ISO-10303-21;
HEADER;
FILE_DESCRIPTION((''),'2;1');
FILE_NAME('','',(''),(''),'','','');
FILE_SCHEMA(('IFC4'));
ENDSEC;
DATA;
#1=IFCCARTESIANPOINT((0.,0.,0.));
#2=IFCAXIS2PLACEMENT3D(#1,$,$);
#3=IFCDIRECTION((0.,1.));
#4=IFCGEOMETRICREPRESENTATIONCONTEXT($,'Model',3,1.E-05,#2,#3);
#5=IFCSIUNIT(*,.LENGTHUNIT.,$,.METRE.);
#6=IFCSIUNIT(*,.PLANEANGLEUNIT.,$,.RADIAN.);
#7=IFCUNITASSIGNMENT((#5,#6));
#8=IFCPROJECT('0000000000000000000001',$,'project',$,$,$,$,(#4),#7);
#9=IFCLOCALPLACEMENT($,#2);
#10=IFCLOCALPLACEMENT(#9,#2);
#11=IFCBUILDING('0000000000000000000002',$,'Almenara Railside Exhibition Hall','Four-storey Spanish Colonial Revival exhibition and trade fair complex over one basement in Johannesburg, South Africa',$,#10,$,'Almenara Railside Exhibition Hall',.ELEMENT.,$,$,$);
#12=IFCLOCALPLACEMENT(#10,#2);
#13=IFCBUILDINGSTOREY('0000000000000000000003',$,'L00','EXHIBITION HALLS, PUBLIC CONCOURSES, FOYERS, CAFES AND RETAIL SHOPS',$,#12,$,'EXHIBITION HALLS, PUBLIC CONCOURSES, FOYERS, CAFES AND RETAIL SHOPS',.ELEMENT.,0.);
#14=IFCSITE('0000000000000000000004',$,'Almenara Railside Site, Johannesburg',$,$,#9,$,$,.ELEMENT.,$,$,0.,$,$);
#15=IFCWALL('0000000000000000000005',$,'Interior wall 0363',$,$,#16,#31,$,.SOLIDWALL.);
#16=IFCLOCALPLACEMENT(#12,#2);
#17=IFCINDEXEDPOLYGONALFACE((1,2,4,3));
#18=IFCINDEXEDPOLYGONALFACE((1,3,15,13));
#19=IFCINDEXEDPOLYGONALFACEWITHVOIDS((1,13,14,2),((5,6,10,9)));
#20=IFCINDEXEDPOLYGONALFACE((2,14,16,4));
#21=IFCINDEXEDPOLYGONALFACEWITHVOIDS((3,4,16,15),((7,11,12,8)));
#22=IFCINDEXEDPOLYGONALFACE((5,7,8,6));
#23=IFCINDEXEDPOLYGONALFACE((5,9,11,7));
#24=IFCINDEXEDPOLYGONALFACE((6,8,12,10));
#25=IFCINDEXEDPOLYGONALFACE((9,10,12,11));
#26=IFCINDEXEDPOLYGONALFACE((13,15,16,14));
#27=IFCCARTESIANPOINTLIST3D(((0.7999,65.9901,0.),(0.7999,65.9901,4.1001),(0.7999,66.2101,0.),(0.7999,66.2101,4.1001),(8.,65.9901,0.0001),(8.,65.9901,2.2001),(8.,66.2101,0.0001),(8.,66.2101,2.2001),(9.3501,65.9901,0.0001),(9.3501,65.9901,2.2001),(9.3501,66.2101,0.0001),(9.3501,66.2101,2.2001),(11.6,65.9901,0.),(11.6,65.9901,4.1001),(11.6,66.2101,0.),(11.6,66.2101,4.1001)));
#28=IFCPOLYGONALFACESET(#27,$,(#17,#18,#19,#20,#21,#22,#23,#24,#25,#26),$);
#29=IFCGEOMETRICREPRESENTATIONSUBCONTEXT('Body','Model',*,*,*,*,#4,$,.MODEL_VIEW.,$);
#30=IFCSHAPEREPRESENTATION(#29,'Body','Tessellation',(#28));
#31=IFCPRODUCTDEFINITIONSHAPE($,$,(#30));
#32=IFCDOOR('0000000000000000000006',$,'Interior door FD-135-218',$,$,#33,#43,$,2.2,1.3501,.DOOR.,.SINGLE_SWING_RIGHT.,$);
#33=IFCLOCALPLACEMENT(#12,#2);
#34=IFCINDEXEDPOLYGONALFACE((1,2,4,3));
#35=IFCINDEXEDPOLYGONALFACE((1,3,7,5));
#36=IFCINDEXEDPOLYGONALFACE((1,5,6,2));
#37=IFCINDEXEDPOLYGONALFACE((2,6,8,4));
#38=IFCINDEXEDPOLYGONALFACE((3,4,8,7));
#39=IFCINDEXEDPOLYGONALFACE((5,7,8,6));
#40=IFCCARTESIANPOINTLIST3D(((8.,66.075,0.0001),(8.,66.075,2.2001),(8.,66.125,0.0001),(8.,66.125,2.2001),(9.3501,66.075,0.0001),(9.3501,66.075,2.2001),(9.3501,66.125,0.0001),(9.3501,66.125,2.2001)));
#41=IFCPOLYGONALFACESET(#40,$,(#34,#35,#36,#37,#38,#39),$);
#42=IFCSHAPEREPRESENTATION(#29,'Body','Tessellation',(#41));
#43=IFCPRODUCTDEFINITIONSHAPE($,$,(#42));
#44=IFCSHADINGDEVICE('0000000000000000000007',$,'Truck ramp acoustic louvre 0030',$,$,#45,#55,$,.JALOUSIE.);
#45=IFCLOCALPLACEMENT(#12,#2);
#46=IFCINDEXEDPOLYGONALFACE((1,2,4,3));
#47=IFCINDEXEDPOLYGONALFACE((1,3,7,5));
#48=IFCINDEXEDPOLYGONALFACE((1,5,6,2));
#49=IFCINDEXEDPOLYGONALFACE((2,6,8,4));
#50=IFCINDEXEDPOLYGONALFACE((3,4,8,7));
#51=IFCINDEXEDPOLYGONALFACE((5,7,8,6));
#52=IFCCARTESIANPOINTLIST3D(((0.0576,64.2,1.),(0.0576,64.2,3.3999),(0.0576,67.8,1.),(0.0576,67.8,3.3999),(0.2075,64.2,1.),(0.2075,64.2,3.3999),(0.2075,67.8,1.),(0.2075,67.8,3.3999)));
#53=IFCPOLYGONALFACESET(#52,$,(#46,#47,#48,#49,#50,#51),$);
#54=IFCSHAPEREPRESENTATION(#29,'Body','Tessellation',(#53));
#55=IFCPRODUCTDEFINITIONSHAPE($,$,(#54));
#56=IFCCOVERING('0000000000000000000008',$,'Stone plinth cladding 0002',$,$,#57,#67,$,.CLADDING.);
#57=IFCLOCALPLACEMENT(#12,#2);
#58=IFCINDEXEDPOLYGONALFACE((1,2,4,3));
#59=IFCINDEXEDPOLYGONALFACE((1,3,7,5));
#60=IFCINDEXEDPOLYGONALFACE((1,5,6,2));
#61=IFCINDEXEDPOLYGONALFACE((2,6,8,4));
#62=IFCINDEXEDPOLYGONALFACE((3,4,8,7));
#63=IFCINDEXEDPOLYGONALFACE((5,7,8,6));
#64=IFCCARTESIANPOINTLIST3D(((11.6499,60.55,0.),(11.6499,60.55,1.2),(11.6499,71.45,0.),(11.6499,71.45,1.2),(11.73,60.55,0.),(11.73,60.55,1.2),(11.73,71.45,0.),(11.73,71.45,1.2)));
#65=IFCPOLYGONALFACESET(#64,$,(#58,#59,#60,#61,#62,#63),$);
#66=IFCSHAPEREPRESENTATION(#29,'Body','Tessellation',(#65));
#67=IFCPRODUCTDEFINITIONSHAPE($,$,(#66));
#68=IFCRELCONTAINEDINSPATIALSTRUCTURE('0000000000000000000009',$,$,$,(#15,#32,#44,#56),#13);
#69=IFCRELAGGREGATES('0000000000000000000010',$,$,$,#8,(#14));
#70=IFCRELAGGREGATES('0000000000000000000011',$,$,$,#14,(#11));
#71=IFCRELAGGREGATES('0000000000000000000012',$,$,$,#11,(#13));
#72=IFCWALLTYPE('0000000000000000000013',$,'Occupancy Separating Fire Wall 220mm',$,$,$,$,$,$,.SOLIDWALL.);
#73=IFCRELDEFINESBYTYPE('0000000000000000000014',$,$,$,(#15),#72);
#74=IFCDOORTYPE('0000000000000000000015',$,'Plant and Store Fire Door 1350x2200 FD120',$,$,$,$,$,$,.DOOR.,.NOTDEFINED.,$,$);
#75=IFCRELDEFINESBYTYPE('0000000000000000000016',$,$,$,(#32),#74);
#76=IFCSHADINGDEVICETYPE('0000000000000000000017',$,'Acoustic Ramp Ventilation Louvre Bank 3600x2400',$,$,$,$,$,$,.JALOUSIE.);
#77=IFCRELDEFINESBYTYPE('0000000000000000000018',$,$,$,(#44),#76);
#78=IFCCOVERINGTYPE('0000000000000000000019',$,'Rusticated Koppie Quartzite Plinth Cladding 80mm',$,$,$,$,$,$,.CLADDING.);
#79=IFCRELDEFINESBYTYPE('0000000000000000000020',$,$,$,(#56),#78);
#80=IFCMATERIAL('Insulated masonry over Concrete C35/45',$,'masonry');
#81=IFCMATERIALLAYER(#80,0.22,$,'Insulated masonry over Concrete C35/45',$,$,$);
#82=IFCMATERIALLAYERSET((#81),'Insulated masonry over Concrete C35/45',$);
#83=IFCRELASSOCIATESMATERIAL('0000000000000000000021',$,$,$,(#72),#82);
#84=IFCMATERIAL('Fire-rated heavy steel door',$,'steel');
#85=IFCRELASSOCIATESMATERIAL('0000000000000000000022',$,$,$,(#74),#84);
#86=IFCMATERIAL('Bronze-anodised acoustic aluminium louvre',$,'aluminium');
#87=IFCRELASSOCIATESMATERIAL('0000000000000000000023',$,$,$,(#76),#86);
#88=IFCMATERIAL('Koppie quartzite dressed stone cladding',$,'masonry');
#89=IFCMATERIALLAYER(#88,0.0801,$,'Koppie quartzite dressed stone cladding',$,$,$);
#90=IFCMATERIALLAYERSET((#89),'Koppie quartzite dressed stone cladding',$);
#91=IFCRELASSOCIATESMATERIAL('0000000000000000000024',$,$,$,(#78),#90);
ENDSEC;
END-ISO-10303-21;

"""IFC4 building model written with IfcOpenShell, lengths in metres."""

from ifc_helpers import new_model, si_unit, direction, frame, frame_2d, origin, origin_2d, place, context, subcontext, project, spatial, rectangle, extrude, material, layer, layer_set, type_object, element, fill, save


model = new_model("IFC4")

# Units and contexts
model_context = context("Model", 3, precision=1e-05, world=origin(), true_north=direction((0.0, 1.0)))
body_context = subcontext(model_context, "Body", "Model", "MODEL_VIEW")
ifc_project = project(units=[si_unit("LENGTHUNIT", "METRE"), si_unit("PLANEANGLEUNIT", "RADIAN")], contexts=[model_context])

# Site, building, storey
site_placement = place(None, origin())
site = spatial("IfcSite", under=ifc_project, at=site_placement, Name="Almenara Railside Site, Johannesburg", CompositionType="ELEMENT", RefElevation=0.0)
building_placement = place(site_placement, origin())
building = spatial("IfcBuilding", under=site, at=building_placement, Name="Almenara Railside Exhibition Hall", Description="Four-storey Spanish Colonial Revival exhibition and trade fair complex over one basement in Johannesburg, South Africa", LongName="Almenara Railside Exhibition Hall", CompositionType="ELEMENT")
storey_placement = place(building_placement, origin())
storey = spatial("IfcBuildingStorey", under=building, at=storey_placement, Name="L00", Description="EXHIBITION HALLS, PUBLIC CONCOURSES, FOYERS, CAFES AND RETAIL SHOPS", LongName="EXHIBITION HALLS, PUBLIC CONCOURSES, FOYERS, CAFES AND RETAIL SHOPS", CompositionType="ELEMENT", Elevation=0.0)

# Wall, opening, door
ifc_material_1 = material(Name="Insulated masonry over Concrete C35/45", Category="masonry")
ifc_layer_1 = layer(ifc_material_1, 0.22, Name="Insulated masonry over Concrete C35/45")
ifc_layer_set_1 = layer_set([ifc_layer_1], Name="Insulated masonry over Concrete C35/45")
wall_type_1 = type_object("IfcWallType", Name="Occupancy Separating Fire Wall 220mm", PredefinedType="SOLIDWALL", material=ifc_layer_set_1)
wall_1_placement = place(storey_placement, frame((0.8, 66.1001, 0.0), z_axis=(0.0, 0.0, 1.0), x_axis=(1.0, 0.0, 0.0)))
wall_1 = element("IfcWall", 1, at=wall_1_placement, inside=storey, type_object=wall_type_1, Name="Interior wall 0363", PredefinedType="SOLIDWALL", context=body_context, shape_type="SweptSolid", body=[
    extrude(rectangle(XDim=10.8, YDim=0.22, at=frame_2d((5.3999, 0.0))), origin(), (0.0, 0.0, 1.0), 4.1001),
])
opening_1_placement = place(wall_1_placement, frame((7.2, 0.0, 0.0)))
opening_1 = element("IfcOpeningElement", 2, at=opening_1_placement, cuts=wall_1, PredefinedType="OPENING", context=body_context, shape_type="SweptSolid", body=[
    extrude(rectangle(XDim=1.3501, YDim=2.2, at=frame_2d((0.675, 1.1001))), frame((0.0, 0.1199, 0.0), z_axis=(0.0, -1.0, 0.0), x_axis=(1.0, 0.0, 0.0)), (0.0, 0.0, 1.0), 0.24),
])
ifc_material_2 = material(Name="Fire-rated heavy steel door", Category="steel")
door_type_1 = type_object("IfcDoorType", Name="Plant and Store Fire Door 1350x2200 FD120", OperationType="NOTDEFINED", PredefinedType="DOOR", material=ifc_material_2)
door_1_placement = place(opening_1_placement, origin())
door_1 = element("IfcDoor", 3, at=door_1_placement, inside=storey, type_object=door_type_1, Name="Interior door FD-135-218", OperationType="SINGLE_SWING_RIGHT", OverallHeight=2.2, OverallWidth=1.3501, PredefinedType="DOOR", context=body_context, shape_type="SweptSolid", body=[
    extrude(rectangle(XDim=1.3501, YDim=2.2, at=frame_2d((0.675, 1.1001))), frame((0.0, 0.0249, 0.0), z_axis=(0.0, -1.0, 0.0), x_axis=(1.0, 0.0, 0.0)), (0.0, 0.0, 1.0), 0.05),
])
fill(opening_1, door_1)

# Shading device
ifc_material_3 = material(Name="Bronze-anodised acoustic aluminium louvre", Category="aluminium")
shading_device_type = type_object("IfcShadingDeviceType", Name="Acoustic Ramp Ventilation Louvre Bank 3600x2400", PredefinedType="JALOUSIE", material=ifc_material_3)
shading_device_placement = place(storey_placement, frame((0.1326, 66.0, 1.0), z_axis=(0.0, 0.0, 1.0), x_axis=(0.0, 1.0, 0.0)))
element("IfcShadingDevice", 4, at=shading_device_placement, inside=storey, type_object=shading_device_type, Name="Truck ramp acoustic louvre 0030", PredefinedType="JALOUSIE", context=body_context, shape_type="SweptSolid", body=[
    extrude(rectangle(XDim=3.6001, YDim=0.1499, at=origin_2d()), origin(), (0.0, 0.0, 1.0), 2.3999),
])

# Covering
ifc_material_4 = material(Name="Koppie quartzite dressed stone cladding", Category="masonry")
ifc_layer_2 = layer(ifc_material_4, 0.0801, Name="Koppie quartzite dressed stone cladding")
ifc_layer_set_2 = layer_set([ifc_layer_2], Name="Koppie quartzite dressed stone cladding")
covering_type = type_object("IfcCoveringType", Name="Rusticated Koppie Quartzite Plinth Cladding 80mm", PredefinedType="CLADDING", material=ifc_layer_set_2)
covering_placement = place(storey_placement, frame((11.6899, 66.0, 0.0), z_axis=(0.0, 0.0, 1.0), x_axis=(0.0, -1.0, 0.0)))
element("IfcCovering", 5, at=covering_placement, inside=storey, type_object=covering_type, Name="Stone plinth cladding 0002", PredefinedType="CLADDING", context=body_context, shape_type="SweptSolid", body=[
    extrude(rectangle(XDim=10.8999, YDim=0.0801, at=origin_2d()), origin(), (0.0, 0.0, 1.0), 1.2),
])

save(model, "model.ifc")
